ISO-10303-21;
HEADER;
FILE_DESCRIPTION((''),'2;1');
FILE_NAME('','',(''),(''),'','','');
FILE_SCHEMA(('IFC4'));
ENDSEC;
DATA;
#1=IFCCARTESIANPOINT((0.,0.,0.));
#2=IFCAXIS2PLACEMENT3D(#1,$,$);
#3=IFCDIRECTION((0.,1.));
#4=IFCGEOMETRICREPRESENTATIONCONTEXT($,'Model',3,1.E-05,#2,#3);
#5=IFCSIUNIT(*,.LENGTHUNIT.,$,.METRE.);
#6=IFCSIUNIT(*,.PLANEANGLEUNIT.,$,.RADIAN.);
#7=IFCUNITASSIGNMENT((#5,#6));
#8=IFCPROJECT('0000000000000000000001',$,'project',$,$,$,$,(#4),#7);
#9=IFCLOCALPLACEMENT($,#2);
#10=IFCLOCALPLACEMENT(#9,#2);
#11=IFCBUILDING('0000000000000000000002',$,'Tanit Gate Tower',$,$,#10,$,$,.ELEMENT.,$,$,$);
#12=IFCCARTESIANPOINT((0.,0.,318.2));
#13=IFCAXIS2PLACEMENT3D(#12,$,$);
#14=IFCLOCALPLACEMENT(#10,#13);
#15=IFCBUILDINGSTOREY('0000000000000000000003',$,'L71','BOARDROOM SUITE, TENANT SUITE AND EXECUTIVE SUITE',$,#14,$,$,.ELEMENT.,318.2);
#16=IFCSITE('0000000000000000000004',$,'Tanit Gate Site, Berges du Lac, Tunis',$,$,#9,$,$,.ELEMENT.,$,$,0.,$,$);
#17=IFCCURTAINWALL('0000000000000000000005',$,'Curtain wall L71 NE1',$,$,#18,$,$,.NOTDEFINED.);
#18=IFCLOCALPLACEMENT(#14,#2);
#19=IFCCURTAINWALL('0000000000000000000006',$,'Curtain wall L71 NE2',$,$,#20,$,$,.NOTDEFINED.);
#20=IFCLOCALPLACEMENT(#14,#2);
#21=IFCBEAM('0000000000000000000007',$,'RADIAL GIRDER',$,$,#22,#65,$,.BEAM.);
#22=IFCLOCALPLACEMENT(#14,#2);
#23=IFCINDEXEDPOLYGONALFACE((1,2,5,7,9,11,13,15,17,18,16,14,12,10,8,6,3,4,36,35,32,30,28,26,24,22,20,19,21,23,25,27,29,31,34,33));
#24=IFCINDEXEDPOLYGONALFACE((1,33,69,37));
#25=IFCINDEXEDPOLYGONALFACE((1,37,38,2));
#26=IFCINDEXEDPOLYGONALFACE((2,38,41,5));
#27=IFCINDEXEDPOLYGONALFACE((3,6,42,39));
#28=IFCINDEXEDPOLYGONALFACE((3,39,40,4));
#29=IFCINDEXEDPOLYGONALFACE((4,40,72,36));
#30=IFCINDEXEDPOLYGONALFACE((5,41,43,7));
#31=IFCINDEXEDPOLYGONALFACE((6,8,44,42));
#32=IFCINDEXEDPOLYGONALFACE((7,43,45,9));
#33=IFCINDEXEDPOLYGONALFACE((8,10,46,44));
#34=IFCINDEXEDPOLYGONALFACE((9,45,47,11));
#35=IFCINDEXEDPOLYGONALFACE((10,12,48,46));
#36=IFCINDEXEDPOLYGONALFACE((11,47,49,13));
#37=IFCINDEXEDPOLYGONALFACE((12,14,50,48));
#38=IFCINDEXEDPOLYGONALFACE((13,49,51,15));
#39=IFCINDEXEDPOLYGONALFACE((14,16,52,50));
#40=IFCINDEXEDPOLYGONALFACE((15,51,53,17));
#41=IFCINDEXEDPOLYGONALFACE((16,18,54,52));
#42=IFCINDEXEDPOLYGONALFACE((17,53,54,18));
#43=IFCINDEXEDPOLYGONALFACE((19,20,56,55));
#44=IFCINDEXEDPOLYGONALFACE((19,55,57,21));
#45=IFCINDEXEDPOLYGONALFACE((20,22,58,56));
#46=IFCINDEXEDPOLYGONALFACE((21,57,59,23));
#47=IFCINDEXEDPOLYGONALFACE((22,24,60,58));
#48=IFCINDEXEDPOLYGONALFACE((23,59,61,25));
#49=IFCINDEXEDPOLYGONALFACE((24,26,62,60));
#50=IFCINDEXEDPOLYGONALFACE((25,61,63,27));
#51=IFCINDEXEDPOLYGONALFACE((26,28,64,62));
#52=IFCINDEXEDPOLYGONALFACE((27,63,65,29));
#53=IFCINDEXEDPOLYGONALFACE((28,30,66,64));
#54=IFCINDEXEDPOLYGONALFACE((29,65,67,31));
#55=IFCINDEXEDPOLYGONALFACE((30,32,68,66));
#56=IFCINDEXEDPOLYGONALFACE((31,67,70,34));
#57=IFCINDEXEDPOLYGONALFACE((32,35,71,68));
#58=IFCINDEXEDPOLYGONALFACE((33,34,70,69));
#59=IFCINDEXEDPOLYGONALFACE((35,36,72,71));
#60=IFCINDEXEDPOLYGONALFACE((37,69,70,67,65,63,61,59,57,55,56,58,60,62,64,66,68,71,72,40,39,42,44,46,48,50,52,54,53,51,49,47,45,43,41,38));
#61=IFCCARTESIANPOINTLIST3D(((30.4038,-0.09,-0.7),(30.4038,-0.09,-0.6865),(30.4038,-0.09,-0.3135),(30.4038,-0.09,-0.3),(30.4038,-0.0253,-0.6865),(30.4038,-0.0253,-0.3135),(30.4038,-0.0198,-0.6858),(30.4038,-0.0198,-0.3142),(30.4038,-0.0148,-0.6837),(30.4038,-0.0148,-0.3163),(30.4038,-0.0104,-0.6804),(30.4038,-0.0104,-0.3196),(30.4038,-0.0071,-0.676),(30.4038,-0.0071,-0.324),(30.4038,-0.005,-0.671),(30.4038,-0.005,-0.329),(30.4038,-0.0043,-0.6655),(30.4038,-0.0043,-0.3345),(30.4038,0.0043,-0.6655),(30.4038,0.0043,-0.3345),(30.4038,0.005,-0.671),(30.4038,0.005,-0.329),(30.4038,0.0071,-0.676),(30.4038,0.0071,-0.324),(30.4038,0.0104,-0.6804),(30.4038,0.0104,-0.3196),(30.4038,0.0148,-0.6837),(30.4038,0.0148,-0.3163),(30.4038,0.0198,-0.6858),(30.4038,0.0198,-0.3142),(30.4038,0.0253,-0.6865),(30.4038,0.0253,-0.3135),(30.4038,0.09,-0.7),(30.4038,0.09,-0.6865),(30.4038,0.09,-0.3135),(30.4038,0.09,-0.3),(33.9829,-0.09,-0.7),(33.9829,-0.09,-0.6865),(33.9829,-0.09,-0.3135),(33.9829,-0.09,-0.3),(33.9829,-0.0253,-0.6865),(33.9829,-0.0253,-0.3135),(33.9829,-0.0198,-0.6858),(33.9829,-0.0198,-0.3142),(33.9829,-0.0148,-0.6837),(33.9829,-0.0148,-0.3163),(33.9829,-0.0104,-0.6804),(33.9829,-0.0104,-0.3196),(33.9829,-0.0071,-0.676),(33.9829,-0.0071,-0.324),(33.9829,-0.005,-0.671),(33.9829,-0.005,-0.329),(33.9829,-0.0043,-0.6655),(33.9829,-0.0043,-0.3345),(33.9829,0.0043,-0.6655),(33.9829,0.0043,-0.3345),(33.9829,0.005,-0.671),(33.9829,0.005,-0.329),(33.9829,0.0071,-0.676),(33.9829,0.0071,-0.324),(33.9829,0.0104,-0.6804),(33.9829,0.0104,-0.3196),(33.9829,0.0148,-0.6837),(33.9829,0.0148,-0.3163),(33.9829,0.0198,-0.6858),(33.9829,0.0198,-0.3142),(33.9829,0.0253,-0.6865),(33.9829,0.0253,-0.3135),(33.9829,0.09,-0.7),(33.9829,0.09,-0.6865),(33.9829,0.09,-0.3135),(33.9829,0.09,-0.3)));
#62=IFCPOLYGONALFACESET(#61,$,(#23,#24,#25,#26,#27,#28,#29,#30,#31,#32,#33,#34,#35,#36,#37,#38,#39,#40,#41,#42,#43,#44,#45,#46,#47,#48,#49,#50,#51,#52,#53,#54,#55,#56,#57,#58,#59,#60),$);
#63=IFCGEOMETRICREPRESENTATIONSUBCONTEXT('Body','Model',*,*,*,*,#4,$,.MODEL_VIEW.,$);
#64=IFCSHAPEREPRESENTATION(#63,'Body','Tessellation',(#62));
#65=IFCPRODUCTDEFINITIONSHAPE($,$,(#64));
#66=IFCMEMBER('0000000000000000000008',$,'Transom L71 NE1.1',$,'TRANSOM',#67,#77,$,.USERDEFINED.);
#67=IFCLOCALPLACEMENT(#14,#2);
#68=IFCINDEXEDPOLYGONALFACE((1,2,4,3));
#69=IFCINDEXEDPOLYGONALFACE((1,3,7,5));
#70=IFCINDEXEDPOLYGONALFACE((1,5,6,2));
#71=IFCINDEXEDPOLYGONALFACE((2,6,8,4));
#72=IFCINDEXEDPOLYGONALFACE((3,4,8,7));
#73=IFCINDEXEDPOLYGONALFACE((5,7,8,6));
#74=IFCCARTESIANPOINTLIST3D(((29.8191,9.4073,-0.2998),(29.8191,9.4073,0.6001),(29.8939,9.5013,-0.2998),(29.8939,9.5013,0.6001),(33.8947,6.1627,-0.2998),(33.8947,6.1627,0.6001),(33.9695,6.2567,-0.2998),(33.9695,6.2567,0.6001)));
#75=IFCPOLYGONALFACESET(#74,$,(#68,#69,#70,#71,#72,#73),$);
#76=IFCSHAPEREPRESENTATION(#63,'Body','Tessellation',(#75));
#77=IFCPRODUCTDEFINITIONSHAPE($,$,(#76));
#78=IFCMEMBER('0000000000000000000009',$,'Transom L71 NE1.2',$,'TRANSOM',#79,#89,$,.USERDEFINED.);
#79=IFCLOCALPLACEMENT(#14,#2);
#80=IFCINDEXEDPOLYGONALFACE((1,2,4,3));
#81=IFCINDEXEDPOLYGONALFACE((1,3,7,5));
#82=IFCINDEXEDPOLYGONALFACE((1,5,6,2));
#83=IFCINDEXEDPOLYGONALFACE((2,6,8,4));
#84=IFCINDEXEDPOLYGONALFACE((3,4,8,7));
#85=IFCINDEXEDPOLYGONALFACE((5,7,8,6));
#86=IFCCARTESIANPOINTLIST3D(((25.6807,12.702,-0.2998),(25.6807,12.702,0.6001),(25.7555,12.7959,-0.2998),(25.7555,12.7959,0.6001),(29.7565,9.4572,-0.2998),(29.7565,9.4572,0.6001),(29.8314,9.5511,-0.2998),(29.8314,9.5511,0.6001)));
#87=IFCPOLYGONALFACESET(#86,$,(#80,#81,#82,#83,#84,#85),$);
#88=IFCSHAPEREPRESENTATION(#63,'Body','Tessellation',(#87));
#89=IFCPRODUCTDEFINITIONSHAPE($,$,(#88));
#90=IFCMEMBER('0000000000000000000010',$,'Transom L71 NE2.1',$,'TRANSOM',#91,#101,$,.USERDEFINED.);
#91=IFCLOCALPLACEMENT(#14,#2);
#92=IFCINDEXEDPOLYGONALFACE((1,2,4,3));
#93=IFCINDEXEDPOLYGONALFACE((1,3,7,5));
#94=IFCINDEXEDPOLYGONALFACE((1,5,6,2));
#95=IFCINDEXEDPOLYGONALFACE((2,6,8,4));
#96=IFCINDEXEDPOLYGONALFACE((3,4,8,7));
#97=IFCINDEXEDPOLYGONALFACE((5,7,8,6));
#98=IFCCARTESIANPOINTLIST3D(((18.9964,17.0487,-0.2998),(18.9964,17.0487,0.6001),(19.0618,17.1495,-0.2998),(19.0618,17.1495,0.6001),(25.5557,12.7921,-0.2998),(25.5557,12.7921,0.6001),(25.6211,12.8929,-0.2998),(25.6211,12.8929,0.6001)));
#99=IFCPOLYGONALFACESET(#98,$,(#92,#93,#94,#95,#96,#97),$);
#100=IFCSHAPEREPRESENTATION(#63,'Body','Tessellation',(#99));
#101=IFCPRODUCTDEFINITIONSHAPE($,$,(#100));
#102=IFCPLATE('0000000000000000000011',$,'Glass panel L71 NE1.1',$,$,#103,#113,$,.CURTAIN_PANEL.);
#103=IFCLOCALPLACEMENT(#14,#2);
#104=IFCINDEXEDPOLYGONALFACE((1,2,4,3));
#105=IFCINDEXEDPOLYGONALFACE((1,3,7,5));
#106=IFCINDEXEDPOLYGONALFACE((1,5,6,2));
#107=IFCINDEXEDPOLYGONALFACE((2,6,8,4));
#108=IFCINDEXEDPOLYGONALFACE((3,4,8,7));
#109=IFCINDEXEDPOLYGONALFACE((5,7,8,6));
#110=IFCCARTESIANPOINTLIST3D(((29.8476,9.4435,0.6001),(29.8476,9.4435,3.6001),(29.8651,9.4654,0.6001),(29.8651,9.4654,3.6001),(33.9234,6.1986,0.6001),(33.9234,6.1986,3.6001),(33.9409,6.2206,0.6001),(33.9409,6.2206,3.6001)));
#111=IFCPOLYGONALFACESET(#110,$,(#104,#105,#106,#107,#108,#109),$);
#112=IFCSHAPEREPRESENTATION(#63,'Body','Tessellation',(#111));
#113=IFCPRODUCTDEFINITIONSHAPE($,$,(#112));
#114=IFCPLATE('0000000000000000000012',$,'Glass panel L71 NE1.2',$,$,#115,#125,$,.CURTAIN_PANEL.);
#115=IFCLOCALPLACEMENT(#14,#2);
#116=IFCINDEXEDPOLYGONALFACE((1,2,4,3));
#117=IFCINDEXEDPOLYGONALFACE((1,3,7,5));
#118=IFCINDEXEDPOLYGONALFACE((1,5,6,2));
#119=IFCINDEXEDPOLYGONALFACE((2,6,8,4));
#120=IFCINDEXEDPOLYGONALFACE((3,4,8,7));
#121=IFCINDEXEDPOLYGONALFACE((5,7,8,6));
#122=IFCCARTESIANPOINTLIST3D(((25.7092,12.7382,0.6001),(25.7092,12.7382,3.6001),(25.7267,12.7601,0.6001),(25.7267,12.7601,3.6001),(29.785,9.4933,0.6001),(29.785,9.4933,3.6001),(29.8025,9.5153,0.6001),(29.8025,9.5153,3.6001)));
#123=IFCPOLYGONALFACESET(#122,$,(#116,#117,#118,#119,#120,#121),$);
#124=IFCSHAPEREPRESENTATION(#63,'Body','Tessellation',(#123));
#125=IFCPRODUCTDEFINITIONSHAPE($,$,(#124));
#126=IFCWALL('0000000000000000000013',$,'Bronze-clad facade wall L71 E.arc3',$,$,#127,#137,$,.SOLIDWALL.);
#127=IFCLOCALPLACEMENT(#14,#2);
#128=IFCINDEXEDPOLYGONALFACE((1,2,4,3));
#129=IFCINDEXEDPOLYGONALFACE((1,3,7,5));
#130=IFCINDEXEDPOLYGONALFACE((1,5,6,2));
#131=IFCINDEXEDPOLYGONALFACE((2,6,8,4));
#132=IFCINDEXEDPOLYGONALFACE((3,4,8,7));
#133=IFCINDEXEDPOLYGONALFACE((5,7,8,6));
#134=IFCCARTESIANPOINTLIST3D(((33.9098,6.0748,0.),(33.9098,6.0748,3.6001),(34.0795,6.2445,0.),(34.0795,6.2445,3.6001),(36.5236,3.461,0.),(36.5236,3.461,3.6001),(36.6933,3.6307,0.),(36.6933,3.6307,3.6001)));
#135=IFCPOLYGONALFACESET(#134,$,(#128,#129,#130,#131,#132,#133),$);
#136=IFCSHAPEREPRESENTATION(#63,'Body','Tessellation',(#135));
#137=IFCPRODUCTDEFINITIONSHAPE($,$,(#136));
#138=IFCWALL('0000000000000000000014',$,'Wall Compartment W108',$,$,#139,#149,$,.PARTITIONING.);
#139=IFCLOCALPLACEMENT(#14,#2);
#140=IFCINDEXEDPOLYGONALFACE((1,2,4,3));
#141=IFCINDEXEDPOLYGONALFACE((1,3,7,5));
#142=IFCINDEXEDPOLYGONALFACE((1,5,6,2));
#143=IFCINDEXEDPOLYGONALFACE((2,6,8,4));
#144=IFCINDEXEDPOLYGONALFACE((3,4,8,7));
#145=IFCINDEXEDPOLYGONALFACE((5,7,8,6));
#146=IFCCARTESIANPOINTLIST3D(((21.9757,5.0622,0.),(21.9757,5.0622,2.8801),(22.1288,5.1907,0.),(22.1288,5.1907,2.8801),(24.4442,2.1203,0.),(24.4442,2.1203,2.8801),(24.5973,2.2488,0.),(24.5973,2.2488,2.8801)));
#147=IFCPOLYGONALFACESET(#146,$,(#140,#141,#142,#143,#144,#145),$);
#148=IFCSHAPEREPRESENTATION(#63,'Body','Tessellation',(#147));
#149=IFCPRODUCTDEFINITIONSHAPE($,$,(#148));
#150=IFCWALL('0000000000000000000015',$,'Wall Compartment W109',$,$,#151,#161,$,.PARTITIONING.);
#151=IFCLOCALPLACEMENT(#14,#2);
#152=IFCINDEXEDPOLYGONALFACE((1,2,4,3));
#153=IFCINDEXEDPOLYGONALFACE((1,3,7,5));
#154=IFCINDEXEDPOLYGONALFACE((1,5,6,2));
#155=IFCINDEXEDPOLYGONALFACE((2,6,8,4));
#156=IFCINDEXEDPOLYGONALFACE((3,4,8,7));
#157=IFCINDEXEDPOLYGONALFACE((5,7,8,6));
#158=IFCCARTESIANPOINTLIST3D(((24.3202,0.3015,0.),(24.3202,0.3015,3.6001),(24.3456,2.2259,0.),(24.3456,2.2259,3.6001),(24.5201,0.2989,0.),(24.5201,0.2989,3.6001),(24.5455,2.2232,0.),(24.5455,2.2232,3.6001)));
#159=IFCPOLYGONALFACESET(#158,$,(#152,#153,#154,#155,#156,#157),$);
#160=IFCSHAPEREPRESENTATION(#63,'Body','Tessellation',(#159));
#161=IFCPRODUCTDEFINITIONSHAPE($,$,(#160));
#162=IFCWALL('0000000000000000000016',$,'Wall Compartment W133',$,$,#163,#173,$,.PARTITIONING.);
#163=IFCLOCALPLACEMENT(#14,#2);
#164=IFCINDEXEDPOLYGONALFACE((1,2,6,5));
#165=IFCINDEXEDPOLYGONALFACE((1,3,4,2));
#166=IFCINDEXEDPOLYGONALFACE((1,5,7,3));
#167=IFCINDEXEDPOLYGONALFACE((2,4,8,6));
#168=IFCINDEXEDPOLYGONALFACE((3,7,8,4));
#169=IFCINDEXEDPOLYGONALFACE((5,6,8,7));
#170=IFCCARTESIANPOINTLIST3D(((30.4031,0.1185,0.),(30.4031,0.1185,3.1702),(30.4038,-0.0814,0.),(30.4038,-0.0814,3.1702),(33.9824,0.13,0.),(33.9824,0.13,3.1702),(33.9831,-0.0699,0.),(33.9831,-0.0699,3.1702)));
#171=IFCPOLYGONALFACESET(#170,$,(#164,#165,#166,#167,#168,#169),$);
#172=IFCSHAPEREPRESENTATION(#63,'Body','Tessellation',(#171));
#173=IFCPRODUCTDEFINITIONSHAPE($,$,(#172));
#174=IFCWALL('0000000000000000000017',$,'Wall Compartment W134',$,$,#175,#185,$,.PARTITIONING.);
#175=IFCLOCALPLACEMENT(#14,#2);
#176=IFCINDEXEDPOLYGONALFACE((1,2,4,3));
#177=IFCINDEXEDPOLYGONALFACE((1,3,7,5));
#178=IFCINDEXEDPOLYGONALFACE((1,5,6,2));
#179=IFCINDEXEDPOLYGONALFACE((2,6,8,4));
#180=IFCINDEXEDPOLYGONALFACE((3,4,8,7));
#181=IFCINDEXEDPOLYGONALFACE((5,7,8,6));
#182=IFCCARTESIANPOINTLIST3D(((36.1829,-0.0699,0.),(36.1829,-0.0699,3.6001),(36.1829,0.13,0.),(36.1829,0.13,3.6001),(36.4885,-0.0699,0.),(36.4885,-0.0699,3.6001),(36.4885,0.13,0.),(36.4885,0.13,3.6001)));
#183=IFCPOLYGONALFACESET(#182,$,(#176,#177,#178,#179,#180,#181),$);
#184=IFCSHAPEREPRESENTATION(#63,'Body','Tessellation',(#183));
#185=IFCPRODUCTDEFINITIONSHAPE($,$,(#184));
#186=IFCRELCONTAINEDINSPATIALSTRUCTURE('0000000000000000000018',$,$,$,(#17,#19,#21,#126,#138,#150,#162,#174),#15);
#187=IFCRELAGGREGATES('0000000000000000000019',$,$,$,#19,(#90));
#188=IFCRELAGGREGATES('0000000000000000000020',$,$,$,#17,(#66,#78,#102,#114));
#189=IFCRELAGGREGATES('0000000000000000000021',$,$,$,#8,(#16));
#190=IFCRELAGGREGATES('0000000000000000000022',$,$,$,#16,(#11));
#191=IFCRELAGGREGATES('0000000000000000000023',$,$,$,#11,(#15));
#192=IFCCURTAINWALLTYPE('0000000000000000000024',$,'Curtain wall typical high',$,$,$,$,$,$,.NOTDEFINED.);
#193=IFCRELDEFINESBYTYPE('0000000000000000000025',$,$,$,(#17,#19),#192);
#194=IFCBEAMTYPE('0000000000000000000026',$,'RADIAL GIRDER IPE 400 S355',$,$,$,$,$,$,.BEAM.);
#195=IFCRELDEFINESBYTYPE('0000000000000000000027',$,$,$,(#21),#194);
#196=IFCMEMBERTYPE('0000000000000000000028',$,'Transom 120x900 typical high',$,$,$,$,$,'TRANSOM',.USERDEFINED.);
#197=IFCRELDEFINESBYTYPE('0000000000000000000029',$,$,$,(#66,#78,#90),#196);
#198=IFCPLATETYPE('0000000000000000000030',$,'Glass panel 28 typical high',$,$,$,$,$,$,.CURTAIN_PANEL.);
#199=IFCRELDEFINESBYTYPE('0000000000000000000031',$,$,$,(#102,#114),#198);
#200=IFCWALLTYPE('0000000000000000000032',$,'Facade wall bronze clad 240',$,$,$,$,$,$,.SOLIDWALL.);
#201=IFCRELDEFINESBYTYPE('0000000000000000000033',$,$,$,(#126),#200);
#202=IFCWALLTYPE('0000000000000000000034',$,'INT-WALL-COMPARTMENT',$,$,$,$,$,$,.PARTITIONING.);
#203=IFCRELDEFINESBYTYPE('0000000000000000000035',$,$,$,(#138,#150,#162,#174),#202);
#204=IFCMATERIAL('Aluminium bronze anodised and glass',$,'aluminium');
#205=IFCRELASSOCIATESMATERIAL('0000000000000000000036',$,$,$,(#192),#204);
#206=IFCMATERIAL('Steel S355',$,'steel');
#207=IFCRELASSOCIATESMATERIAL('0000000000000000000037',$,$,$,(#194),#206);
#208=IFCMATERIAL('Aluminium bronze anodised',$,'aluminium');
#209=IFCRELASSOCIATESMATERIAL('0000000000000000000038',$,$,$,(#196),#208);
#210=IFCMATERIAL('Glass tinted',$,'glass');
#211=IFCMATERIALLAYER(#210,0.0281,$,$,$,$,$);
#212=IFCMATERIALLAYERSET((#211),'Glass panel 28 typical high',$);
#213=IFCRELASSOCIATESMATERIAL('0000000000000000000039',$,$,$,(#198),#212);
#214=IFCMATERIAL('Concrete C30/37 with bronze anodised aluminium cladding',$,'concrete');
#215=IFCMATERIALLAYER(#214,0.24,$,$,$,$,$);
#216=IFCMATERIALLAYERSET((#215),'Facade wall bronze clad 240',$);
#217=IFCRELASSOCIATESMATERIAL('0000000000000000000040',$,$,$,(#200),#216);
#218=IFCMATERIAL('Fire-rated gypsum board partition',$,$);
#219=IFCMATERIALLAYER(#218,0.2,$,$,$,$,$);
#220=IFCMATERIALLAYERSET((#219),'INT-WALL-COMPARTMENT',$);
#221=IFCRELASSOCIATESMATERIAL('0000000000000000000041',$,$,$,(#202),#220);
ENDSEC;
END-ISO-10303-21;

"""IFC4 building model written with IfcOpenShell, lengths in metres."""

from ifc_helpers import new_model, si_unit, direction, frame, frame_2d, origin, origin_2d, place, context, subcontext, project, spatial, rectangle, i_section, extrude, material, layer, layer_set, material_profile, profile_set, type_object, element, aggregate, save


model = new_model("IFC4")

# Units and contexts
model_context = context("Model", 3, precision=1e-05, world=origin(), true_north=direction((0.0, 1.0)))
body_context = subcontext(model_context, "Body", "Model", "MODEL_VIEW")
ifc_project = project(units=[si_unit("LENGTHUNIT", "METRE"), si_unit("PLANEANGLEUNIT", "RADIAN")], contexts=[model_context])

# Site, building, storey
site_placement = place(None, origin())
site = spatial("IfcSite", under=ifc_project, at=site_placement, Name="Tanit Gate Site, Berges du Lac, Tunis", CompositionType="ELEMENT", RefElevation=0.0)
building_placement = place(site_placement, origin())
building = spatial("IfcBuilding", under=site, at=building_placement, Name="Tanit Gate Tower", CompositionType="ELEMENT")
storey_placement = place(building_placement, frame((0.0, 0.0, 318.2)))
storey = spatial("IfcBuildingStorey", under=building, at=storey_placement, Name="L71", Description="BOARDROOM SUITE, TENANT SUITE AND EXECUTIVE SUITE", CompositionType="ELEMENT", Elevation=318.2)

# Curtain walls
ifc_material_1 = material(Name="Aluminium bronze anodised and glass", Category="aluminium")
curtain_wall_type = type_object("IfcCurtainWallType", Name="Curtain wall typical high", PredefinedType="NOTDEFINED", material=ifc_material_1)
curtain_wall_1_placement = place(storey_placement, origin())
curtain_wall_1 = element("IfcCurtainWall", 1, at=curtain_wall_1_placement, inside=storey, type_object=curtain_wall_type, Name="Curtain wall L71 NE1", PredefinedType="NOTDEFINED")
curtain_wall_2_placement = place(storey_placement, origin())
curtain_wall_2 = element("IfcCurtainWall", 2, at=curtain_wall_2_placement, inside=storey, type_object=curtain_wall_type, Name="Curtain wall L71 NE2", PredefinedType="NOTDEFINED")

# Beam
ifc_material_2 = material(Name="Steel S355", Category="steel")
ifc_material_profile_1 = material_profile(ifc_material_2, i_section(OverallWidth=0.1799, OverallDepth=0.3999, WebThickness=0.0085, FlangeThickness=0.0134, FilletRadius=0.021, at=origin_2d()), Name="IPE 400")
ifc_profile_set_1 = profile_set([ifc_material_profile_1], Name="Steel S355")
beam_type_1 = type_object("IfcBeamType", Name="RADIAL GIRDER IPE 400 S355", PredefinedType="BEAM", material=ifc_profile_set_1)
beam_1_placement = place(storey_placement, frame((33.9829, 0.0, -0.5), z_axis=(-1.0, 0.0, 0.0), x_axis=(0.0, -1.0, 0.0)))
element("IfcBeam", 3, at=beam_1_placement, inside=storey, type_object=beam_type_1, Name="RADIAL GIRDER", PredefinedType="BEAM", context=body_context, shape_type="SweptSolid", body=[
    extrude(i_section(OverallWidth=0.1799, OverallDepth=0.3999, WebThickness=0.0085, FlangeThickness=0.0134, FilletRadius=0.021, at=origin_2d()), origin(), (0.0, 0.0, 1.0), 3.5791),
])

# Members
ifc_material_3 = material(Name="Aluminium bronze anodised", Category="aluminium")
ifc_material_profile_2 = material_profile(ifc_material_3, rectangle(XDim=0.1201, YDim=0.8999, at=origin_2d()), Name="120x900 bronze transom")
ifc_profile_set_2 = profile_set([ifc_material_profile_2], Name="Aluminium bronze anodised")
member_type_1 = type_object("IfcMemberType", Name="Transom 120x900 typical high", ElementType="TRANSOM", PredefinedType="USERDEFINED", material=ifc_profile_set_2)
member_1_placement = place(storey_placement, frame((33.9321, 6.2097, 0.1501), z_axis=(-0.782357, 0.62283, 0.0), x_axis=(-0.62283, -0.782357, 0.0)))
member_1 = element("IfcMember", 4, at=member_1_placement, type_object=member_type_1, Name="Transom L71 NE1.1", ObjectType="TRANSOM", PredefinedType="USERDEFINED", context=body_context, shape_type="SweptSolid", body=[
    extrude(rectangle(XDim=0.1201, YDim=0.8999, at=origin_2d()), origin(), (0.0, 0.0, 1.0), 5.2095),
])
member_2_placement = place(storey_placement, frame((29.7939, 9.5042, 0.1501), z_axis=(-0.782352, 0.622836, 0.0), x_axis=(-0.622836, -0.782352, 0.0)))
member_2 = element("IfcMember", 5, at=member_2_placement, type_object=member_type_1, Name="Transom L71 NE1.2", ObjectType="TRANSOM", PredefinedType="USERDEFINED", context=body_context, shape_type="SweptSolid", body=[
    extrude(rectangle(XDim=0.1201, YDim=0.8999, at=origin_2d()), origin(), (0.0, 0.0, 1.0), 5.2097),
])
member_3_placement = place(storey_placement, frame((25.5884, 12.8425, 0.1501), z_axis=(-0.838851, 0.544362, 0.0), x_axis=(-0.544362, -0.838851, 0.0)))
member_3 = element("IfcMember", 6, at=member_3_placement, type_object=member_type_1, Name="Transom L71 NE2.1", ObjectType="TRANSOM", PredefinedType="USERDEFINED", context=body_context, shape_type="SweptSolid", body=[
    extrude(rectangle(XDim=0.1201, YDim=0.8999, at=origin_2d()), origin(), (0.0, 0.0, 1.0), 7.8193),
])
aggregate(curtain_wall_2, [member_3])

# Plates
ifc_material_4 = material(Name="Glass tinted", Category="glass")
ifc_layer_1 = layer(ifc_material_4, 0.0281)
ifc_layer_set_1 = layer_set([ifc_layer_1], Name="Glass panel 28 typical high")
plate_type = type_object("IfcPlateType", Name="Glass panel 28 typical high", PredefinedType="CURTAIN_PANEL", material=ifc_layer_set_1)
plate_1_placement = place(storey_placement, frame((31.8943, 7.832, 0.6001), z_axis=(0.0, 0.0, 1.0), x_axis=(-0.782344, 0.622847, 0.0)))
plate_1 = element("IfcPlate", 7, at=plate_1_placement, type_object=plate_type, Name="Glass panel L71 NE1.1", PredefinedType="CURTAIN_PANEL", context=body_context, shape_type="SweptSolid", body=[
    extrude(rectangle(XDim=5.2097, YDim=0.0281, at=origin_2d()), origin(), (0.0, 0.0, 1.0), 3.0),
])
plate_2_placement = place(storey_placement, frame((27.7559, 11.1267, 0.6001), z_axis=(0.0, 0.0, 1.0), x_axis=(-0.782344, 0.622847, 0.0)))
plate_2 = element("IfcPlate", 8, at=plate_2_placement, type_object=plate_type, Name="Glass panel L71 NE1.2", PredefinedType="CURTAIN_PANEL", context=body_context, shape_type="SweptSolid", body=[
    extrude(rectangle(XDim=5.2097, YDim=0.0281, at=origin_2d()), origin(), (0.0, 0.0, 1.0), 3.0),
])
aggregate(curtain_wall_1, [member_1, member_2, plate_1, plate_2])

# Walls
ifc_material_5 = material(Name="Concrete C30/37 with bronze anodised aluminium cladding", Category="concrete")
ifc_layer_2 = layer(ifc_material_5, 0.24)
ifc_layer_set_2 = layer_set([ifc_layer_2], Name="Facade wall bronze clad 240")
wall_type_1 = type_object("IfcWallType", Name="Facade wall bronze clad 240", PredefinedType="SOLIDWALL", material=ifc_layer_set_2)
wall_1_placement = place(storey_placement, frame((36.6084, 3.5459, 0.0), z_axis=(0.0, 0.0, 1.0), x_axis=(-0.707107, 0.707107, 0.0)))
element("IfcWall", 9, at=wall_1_placement, inside=storey, type_object=wall_type_1, Name="Bronze-clad facade wall L71 E.arc3", PredefinedType="SOLIDWALL", context=body_context, shape_type="SweptSolid", body=[
    extrude(rectangle(XDim=3.6965, YDim=0.24, at=frame_2d((1.8481, 0.0))), origin(), (0.0, 0.0, 1.0), 3.6001),
])
ifc_material_6 = material(Name="Fire-rated gypsum board partition")
ifc_layer_3 = layer(ifc_material_6, 0.2)
ifc_layer_set_3 = layer_set([ifc_layer_3], Name="INT-WALL-COMPARTMENT")
wall_type_2 = type_object("IfcWallType", Name="INT-WALL-COMPARTMENT", PredefinedType="PARTITIONING", material=ifc_layer_set_3)
wall_2_placement = place(storey_placement, frame((24.5208, 2.1846, 0.0), z_axis=(0.0, 0.0, 1.0), x_axis=(-0.642782, 0.766049, 0.0)))
element("IfcWall", 10, at=wall_2_placement, inside=storey, type_object=wall_type_2, Name="Wall Compartment W108", PredefinedType="PARTITIONING", context=body_context, shape_type="SweptSolid", body=[
    extrude(rectangle(XDim=3.8403, YDim=0.2, at=frame_2d((1.9202, 0.0))), origin(), (0.0, 0.0, 1.0), 2.8801),
])
wall_3_placement = place(storey_placement, frame((24.4202, 0.3, 0.0), z_axis=(0.0, 0.0, 1.0), x_axis=(0.013193, 0.999913, 0.0)))
element("IfcWall", 11, at=wall_3_placement, inside=storey, type_object=wall_type_2, Name="Wall Compartment W109", PredefinedType="PARTITIONING", context=body_context, shape_type="SweptSolid", body=[
    extrude(rectangle(XDim=1.9246, YDim=0.2, at=frame_2d((0.9624, 0.0))), origin(), (0.0, 0.0, 1.0), 3.6001),
])
wall_4_placement = place(storey_placement, frame((30.4036, 0.0186, 0.0), z_axis=(0.0, 0.0, 1.0), x_axis=(0.999995, 0.003206, 0.0)))
element("IfcWall", 12, at=wall_4_placement, inside=storey, type_object=wall_type_2, Name="Wall Compartment W133", PredefinedType="PARTITIONING", context=body_context, shape_type="SweptSolid", body=[
    extrude(rectangle(XDim=3.5793, YDim=0.2, at=frame_2d((1.7896, 0.0))), origin(), (0.0, 0.0, 1.0), 3.1702),
])
wall_5_placement = place(storey_placement, frame((36.1829, 0.03, 0.0), z_axis=(0.0, 0.0, 1.0), x_axis=(1.0, 0.0, 0.0)))
element("IfcWall", 13, at=wall_5_placement, inside=storey, type_object=wall_type_2, Name="Wall Compartment W134", PredefinedType="PARTITIONING", context=body_context, shape_type="SweptSolid", body=[
    extrude(rectangle(XDim=0.3057, YDim=0.2, at=frame_2d((0.1528, 0.0))), origin(), (0.0, 0.0, 1.0), 3.6001),
])

save(model, "model.ifc")
